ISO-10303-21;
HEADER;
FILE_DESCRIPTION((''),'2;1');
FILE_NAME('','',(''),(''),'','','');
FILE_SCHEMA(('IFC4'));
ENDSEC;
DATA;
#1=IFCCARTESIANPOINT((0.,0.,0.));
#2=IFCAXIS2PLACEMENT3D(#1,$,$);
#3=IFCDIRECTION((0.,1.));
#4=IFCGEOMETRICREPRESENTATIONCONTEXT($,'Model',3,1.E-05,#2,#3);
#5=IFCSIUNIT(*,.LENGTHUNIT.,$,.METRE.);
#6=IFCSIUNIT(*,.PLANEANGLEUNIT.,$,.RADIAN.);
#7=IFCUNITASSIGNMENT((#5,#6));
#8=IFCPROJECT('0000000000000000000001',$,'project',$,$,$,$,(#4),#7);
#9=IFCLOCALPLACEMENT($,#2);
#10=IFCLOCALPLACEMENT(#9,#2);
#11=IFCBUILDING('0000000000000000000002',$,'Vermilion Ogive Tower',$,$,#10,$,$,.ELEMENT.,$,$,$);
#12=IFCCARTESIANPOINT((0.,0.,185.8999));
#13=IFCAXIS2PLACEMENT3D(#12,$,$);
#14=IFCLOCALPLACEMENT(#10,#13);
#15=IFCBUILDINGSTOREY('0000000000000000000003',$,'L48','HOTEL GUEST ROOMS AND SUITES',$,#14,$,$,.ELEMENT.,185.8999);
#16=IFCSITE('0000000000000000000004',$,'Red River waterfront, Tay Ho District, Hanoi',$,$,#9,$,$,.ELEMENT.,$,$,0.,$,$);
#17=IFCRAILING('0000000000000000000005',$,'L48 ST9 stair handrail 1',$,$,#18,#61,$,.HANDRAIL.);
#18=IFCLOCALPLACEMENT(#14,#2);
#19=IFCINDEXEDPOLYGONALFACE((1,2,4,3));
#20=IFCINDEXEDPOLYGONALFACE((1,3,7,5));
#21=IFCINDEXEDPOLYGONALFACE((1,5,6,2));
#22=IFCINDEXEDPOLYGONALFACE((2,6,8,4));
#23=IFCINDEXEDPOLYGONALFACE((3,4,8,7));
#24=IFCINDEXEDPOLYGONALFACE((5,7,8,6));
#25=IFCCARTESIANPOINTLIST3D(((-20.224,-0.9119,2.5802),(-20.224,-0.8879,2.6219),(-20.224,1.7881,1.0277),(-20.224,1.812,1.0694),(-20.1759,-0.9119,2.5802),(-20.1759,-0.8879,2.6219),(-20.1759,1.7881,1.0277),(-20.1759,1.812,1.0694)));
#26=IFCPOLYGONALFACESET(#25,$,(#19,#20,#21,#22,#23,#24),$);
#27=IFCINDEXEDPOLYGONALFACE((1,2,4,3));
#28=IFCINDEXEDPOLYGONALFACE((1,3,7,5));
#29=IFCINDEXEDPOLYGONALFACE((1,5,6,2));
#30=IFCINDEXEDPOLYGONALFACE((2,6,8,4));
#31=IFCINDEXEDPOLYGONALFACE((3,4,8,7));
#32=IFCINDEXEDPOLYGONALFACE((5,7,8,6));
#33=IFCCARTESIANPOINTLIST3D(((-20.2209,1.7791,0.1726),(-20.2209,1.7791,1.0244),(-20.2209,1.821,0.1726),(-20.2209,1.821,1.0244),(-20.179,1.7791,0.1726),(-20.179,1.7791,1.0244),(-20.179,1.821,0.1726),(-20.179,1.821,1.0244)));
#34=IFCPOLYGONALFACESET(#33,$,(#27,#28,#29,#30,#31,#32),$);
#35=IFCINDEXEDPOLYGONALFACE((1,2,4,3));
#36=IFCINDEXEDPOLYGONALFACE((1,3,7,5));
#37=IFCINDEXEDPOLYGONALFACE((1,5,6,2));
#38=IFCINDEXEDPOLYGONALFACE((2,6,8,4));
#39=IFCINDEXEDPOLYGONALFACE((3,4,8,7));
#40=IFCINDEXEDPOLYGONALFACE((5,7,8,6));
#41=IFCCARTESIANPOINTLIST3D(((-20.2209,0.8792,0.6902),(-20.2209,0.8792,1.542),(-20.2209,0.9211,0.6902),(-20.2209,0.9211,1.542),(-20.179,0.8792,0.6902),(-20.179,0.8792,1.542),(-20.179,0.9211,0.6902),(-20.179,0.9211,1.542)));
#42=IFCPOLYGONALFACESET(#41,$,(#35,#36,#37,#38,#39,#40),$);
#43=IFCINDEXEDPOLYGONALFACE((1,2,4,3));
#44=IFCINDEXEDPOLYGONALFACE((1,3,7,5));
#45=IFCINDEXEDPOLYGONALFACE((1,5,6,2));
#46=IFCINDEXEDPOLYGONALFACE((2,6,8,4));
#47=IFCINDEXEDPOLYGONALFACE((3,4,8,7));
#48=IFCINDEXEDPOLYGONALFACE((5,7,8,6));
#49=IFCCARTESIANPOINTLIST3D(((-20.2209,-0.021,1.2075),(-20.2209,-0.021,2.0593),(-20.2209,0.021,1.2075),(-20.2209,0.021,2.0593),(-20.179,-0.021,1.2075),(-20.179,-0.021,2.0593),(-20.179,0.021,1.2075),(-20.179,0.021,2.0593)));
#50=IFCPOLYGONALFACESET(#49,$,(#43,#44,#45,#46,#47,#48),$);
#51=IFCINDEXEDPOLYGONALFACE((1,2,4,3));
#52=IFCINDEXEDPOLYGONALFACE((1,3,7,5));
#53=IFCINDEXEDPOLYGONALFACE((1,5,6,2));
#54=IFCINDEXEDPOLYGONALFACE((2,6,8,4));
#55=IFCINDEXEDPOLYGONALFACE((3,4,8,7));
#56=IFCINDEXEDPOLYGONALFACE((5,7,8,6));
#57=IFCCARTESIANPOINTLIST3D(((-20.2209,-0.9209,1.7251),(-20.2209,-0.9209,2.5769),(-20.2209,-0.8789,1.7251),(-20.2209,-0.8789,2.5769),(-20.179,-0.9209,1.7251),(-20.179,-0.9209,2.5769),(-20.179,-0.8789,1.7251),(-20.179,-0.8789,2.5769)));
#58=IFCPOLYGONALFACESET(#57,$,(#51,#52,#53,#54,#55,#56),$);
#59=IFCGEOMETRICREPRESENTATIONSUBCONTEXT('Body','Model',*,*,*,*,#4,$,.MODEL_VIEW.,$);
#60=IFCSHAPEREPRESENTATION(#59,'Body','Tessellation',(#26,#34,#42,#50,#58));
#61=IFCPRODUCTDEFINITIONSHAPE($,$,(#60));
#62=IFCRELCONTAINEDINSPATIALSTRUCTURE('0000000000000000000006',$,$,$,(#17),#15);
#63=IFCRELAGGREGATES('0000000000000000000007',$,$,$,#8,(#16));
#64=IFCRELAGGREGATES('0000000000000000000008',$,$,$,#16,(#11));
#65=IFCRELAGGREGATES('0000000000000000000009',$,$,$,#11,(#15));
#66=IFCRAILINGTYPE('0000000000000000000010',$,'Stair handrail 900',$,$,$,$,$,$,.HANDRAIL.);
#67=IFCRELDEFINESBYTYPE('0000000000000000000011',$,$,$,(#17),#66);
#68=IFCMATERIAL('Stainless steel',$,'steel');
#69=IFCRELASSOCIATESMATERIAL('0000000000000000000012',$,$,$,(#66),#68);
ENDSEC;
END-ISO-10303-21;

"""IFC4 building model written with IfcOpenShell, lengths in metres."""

from ifc_helpers import new_model, si_unit, direction, frame, origin, origin_2d, place, context, subcontext, project, spatial, rectangle, extrude, material, type_object, element, save


model = new_model("IFC4")

# Units and contexts
model_context = context("Model", 3, precision=1e-05, world=origin(), true_north=direction((0.0, 1.0)))
body_context = subcontext(model_context, "Body", "Model", "MODEL_VIEW")
ifc_project = project(units=[si_unit("LENGTHUNIT", "METRE"), si_unit("PLANEANGLEUNIT", "RADIAN")], contexts=[model_context])

# Site, building, storey
site_placement = place(None, origin())
site = spatial("IfcSite", under=ifc_project, at=site_placement, Name="Red River waterfront, Tay Ho District, Hanoi", CompositionType="ELEMENT", RefElevation=0.0)
building_placement = place(site_placement, origin())
building = spatial("IfcBuilding", under=site, at=building_placement, Name="Vermilion Ogive Tower", CompositionType="ELEMENT")
storey_placement = place(building_placement, frame((0.0, 0.0, 185.8999)))
storey = spatial("IfcBuildingStorey", under=building, at=storey_placement, Name="L48", Description="HOTEL GUEST ROOMS AND SUITES", CompositionType="ELEMENT", Elevation=185.8999)

# Railing
ifc_material_1 = material(Name="Stainless steel", Category="steel")
railing_type_1 = type_object("IfcRailingType", Name="Stair handrail 900", PredefinedType="HANDRAIL", material=ifc_material_1)
railing_1_placement = place(storey_placement, frame((-20.2, 1.8, 0.1726)))
element("IfcRailing", 1, at=railing_1_placement, inside=storey, type_object=railing_type_1, Name="L48 ST9 stair handrail 1", PredefinedType="HANDRAIL", context=body_context, shape_type="SweptSolid", body=[
    extrude(rectangle(XDim=0.0481, YDim=0.0481, at=origin_2d()), frame((0.0, 0.0, 0.876), z_axis=(0.0, -0.866904, 0.498476), x_axis=(1.0, 0.0, 0.0)), (0.0, 0.0, 1.0), 3.1145),
    extrude(rectangle(XDim=0.042, YDim=0.042, at=origin_2d()), origin(), (0.0, 0.0, 1.0), 0.8518),
    extrude(rectangle(XDim=0.042, YDim=0.042, at=origin_2d()), frame((0.0, -0.8999, 0.5176)), (0.0, 0.0, 1.0), 0.8518),
    extrude(rectangle(XDim=0.042, YDim=0.042, at=origin_2d()), frame((0.0, -1.8, 1.0349)), (0.0, 0.0, 1.0), 0.8518),
    extrude(rectangle(XDim=0.042, YDim=0.042, at=origin_2d()), frame((0.0, -2.7, 1.5525)), (0.0, 0.0, 1.0), 0.8518),
])

save(model, "model.ifc")
